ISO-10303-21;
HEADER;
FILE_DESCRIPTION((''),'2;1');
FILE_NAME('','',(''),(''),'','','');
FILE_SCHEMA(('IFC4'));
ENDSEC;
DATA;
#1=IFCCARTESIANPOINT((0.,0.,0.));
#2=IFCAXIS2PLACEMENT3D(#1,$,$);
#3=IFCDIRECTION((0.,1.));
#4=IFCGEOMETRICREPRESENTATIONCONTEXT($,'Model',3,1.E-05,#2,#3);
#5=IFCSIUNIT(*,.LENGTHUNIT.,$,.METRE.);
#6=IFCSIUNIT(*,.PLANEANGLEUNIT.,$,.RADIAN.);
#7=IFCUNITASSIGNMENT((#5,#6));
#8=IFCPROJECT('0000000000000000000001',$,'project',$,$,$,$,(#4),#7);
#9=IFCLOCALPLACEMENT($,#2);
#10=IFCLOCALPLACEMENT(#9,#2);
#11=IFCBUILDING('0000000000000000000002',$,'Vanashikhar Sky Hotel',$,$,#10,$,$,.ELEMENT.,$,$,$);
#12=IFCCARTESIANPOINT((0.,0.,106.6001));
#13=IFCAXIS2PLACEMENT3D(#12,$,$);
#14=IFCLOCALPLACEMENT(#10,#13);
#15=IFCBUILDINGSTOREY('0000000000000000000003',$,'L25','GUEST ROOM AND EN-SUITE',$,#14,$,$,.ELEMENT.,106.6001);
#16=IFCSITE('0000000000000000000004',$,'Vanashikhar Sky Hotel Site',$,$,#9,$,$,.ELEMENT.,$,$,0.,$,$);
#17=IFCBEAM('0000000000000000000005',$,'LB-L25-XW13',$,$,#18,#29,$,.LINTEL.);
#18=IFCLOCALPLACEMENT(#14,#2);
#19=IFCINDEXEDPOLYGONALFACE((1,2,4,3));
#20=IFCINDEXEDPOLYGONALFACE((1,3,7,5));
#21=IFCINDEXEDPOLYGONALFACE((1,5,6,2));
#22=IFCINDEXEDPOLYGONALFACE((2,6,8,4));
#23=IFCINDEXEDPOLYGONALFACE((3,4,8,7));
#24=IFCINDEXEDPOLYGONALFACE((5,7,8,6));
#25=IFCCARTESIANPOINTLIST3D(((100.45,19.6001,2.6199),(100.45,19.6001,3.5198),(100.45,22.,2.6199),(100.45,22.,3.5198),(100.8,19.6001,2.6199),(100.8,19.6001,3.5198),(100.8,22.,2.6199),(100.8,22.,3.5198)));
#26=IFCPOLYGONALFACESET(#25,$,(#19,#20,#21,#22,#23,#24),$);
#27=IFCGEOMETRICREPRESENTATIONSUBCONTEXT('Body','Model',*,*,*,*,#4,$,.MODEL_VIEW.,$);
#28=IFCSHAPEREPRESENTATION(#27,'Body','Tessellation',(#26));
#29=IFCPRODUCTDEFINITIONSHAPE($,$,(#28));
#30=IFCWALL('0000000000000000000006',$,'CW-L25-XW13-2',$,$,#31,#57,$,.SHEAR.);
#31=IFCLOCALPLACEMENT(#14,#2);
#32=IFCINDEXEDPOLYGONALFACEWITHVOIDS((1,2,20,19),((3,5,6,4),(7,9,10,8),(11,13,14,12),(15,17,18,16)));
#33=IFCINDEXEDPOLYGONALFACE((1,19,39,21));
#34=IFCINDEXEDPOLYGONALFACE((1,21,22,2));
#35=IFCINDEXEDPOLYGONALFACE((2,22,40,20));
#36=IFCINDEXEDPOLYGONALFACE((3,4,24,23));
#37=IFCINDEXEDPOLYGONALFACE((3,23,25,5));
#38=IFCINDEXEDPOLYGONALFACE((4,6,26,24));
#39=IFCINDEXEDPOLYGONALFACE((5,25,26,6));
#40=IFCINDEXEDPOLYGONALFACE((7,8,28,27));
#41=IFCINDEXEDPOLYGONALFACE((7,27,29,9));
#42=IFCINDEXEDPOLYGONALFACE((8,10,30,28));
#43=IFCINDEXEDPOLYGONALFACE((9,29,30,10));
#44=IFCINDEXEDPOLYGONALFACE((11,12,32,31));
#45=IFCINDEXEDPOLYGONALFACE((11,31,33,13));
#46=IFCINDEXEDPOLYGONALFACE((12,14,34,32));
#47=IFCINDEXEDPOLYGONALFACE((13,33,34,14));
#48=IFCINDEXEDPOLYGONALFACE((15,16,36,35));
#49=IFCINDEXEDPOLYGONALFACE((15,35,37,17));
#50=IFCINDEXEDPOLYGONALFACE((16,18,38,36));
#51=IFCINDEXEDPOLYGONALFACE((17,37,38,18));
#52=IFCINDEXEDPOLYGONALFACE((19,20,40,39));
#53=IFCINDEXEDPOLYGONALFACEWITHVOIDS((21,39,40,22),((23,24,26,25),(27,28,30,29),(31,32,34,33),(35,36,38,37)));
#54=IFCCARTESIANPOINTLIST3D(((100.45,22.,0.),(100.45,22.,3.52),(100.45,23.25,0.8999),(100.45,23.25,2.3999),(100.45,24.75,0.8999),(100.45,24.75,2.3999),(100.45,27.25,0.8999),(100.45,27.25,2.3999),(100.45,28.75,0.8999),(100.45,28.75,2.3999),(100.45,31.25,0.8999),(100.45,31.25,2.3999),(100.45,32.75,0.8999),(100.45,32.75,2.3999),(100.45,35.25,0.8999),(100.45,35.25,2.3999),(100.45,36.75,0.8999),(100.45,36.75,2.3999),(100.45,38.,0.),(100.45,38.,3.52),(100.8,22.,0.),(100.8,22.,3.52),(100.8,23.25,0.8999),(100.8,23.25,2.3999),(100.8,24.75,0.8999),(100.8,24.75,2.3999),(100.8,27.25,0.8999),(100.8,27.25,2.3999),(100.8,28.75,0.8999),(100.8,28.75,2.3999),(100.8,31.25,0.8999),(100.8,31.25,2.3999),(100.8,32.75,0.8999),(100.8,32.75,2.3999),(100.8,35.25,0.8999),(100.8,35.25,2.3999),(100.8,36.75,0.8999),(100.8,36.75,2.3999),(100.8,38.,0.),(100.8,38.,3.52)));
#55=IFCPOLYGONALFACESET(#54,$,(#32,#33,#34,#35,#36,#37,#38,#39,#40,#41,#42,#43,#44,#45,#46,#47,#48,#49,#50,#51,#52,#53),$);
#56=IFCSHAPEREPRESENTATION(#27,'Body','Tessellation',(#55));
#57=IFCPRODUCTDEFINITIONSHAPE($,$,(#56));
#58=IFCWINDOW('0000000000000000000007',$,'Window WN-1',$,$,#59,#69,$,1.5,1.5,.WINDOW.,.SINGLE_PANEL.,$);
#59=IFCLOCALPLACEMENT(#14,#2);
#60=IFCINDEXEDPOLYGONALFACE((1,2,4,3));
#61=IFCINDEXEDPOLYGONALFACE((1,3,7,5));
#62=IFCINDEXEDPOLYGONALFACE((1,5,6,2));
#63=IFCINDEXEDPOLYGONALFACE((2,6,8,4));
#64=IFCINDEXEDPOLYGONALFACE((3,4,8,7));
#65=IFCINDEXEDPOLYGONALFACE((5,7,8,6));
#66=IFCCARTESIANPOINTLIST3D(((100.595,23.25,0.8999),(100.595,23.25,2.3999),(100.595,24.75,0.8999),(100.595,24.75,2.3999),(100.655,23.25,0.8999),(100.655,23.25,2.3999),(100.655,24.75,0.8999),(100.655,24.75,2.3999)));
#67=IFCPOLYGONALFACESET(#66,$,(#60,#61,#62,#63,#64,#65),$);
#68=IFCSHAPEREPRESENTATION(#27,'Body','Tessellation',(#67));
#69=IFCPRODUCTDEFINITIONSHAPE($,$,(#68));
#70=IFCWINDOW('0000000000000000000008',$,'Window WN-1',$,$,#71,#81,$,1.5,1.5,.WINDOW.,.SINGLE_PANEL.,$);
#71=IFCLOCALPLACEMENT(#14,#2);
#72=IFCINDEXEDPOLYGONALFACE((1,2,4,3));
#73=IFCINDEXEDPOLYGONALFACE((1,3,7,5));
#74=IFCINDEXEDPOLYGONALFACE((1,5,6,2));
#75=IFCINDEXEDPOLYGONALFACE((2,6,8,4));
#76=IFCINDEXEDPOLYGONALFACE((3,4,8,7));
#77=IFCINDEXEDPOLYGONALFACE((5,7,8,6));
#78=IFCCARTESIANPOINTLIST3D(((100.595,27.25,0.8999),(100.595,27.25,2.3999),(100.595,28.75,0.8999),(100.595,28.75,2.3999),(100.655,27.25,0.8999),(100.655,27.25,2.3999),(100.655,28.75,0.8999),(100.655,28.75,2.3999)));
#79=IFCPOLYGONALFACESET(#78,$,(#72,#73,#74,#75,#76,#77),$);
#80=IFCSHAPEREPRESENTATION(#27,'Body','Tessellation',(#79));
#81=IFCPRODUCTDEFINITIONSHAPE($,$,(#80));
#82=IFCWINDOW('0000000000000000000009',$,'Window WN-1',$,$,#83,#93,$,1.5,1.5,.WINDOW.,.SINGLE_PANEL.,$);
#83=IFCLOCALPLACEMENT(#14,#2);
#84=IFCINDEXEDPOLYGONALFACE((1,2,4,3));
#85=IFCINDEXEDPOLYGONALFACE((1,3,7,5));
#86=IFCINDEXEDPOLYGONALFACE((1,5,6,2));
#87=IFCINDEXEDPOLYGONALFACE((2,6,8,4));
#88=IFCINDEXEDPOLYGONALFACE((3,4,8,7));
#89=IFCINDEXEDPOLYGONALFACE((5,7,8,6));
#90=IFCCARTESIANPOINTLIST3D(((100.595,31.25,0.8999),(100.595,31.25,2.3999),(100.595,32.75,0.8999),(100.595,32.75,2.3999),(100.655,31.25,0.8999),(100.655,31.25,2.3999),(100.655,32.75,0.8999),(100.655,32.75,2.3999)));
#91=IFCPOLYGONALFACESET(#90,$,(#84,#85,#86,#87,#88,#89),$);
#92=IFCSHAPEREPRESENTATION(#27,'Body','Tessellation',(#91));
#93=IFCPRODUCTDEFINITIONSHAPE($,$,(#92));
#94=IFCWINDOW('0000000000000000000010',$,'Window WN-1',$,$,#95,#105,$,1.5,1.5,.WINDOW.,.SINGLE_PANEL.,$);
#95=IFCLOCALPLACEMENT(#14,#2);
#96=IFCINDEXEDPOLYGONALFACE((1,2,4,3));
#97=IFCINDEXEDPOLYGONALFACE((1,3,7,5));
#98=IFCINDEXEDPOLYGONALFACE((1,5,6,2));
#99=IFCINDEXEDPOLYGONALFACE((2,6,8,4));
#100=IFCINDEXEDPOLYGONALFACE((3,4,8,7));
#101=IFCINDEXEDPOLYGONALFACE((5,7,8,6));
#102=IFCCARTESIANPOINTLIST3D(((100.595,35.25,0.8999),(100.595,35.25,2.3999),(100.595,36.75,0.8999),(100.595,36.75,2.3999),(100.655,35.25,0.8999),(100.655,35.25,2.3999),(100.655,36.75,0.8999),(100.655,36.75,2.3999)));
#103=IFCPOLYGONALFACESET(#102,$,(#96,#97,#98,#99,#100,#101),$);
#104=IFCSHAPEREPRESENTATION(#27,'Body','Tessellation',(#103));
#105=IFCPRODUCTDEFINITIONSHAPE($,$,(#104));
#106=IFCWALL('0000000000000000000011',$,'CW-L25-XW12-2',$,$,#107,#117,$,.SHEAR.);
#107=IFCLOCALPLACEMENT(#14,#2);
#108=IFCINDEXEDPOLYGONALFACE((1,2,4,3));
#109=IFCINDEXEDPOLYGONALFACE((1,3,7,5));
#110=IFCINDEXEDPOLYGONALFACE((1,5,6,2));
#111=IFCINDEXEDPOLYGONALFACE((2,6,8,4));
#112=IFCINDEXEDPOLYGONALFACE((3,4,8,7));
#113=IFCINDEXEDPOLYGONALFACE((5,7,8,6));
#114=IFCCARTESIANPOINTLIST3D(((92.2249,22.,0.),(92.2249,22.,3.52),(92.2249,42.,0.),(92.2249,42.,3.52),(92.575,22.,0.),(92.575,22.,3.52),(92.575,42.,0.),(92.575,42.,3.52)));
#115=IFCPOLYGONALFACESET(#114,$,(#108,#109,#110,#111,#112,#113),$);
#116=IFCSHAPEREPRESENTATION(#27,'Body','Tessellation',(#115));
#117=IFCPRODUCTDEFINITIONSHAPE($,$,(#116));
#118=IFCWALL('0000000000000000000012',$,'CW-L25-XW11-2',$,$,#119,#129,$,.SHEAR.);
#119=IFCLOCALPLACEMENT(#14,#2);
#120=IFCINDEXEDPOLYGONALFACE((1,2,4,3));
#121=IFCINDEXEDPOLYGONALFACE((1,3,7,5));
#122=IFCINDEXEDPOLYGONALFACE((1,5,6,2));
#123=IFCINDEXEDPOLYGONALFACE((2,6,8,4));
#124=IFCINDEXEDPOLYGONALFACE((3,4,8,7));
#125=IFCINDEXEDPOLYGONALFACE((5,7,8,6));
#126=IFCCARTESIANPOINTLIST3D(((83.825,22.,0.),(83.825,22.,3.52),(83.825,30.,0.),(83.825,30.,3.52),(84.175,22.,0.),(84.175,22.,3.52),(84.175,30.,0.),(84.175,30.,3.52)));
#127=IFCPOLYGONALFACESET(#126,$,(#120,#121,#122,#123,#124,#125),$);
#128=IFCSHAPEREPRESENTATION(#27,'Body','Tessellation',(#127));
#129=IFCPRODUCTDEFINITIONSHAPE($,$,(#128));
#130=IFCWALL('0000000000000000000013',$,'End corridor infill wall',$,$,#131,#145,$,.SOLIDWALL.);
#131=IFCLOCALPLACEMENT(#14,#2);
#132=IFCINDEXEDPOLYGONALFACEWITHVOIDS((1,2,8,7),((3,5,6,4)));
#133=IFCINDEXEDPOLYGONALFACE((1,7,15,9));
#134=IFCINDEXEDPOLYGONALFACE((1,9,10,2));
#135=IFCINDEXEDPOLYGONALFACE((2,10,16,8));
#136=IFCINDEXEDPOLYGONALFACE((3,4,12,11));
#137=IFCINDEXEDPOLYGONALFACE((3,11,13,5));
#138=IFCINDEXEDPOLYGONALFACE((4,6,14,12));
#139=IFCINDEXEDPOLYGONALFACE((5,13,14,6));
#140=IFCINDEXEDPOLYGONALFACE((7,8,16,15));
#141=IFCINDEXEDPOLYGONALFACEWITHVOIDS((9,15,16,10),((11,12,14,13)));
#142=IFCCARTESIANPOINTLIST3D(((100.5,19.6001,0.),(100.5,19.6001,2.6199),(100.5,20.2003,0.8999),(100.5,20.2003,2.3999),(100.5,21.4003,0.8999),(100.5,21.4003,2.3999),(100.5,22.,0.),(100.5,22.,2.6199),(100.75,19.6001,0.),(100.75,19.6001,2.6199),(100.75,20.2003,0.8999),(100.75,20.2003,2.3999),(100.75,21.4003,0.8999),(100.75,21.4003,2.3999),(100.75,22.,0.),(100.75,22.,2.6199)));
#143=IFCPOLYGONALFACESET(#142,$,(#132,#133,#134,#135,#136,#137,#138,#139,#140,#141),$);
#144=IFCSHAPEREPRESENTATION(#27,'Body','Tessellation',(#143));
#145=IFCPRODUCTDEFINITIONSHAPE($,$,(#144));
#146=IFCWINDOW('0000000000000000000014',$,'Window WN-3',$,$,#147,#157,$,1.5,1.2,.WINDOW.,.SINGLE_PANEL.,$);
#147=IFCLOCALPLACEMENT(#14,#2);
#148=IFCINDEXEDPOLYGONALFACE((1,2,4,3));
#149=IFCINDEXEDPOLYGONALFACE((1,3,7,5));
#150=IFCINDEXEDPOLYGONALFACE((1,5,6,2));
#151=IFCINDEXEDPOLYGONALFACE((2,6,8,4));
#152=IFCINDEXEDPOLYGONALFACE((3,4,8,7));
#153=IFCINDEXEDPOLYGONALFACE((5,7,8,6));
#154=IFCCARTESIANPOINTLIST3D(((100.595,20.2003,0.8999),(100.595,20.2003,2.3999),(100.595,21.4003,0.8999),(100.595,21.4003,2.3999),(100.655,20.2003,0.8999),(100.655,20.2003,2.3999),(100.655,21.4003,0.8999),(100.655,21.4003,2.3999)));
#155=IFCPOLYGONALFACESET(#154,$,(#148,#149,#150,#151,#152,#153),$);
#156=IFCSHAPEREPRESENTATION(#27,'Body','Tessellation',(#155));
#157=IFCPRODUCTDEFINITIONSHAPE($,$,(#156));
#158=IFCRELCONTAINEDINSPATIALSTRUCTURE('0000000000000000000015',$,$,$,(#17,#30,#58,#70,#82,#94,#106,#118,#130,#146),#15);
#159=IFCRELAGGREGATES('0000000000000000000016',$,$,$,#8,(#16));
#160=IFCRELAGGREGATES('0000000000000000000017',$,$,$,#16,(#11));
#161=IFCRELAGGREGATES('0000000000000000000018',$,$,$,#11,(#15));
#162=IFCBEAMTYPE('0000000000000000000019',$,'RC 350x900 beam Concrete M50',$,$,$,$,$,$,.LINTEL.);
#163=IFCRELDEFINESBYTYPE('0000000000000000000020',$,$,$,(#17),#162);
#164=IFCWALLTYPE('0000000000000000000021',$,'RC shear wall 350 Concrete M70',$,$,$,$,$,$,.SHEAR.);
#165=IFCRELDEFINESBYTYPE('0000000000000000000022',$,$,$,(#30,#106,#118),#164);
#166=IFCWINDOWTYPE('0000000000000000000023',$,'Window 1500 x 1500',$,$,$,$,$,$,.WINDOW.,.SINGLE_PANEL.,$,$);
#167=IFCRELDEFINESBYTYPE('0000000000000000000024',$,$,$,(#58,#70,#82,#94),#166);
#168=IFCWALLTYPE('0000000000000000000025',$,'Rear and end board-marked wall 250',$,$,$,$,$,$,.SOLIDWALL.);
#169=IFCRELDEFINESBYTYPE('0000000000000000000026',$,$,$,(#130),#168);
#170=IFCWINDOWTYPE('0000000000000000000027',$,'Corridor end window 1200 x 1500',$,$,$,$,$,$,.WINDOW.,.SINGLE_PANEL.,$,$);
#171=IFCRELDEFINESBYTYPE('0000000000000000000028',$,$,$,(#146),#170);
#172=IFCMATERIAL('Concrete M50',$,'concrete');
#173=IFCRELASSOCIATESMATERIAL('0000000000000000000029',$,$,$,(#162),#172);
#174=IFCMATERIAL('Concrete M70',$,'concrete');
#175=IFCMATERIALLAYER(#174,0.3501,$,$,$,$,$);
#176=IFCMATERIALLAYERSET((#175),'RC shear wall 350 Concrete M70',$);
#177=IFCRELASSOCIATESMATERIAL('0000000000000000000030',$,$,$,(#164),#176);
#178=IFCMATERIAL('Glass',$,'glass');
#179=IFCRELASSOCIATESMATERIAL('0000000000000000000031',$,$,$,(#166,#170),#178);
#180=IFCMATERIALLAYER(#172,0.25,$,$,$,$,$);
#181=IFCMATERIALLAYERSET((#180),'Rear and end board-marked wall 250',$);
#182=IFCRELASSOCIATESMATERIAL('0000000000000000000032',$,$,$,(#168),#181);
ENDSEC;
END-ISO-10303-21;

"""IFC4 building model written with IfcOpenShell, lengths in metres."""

from ifc_helpers import new_model, si_unit, direction, frame, frame_2d, origin, origin_2d, place, context, subcontext, project, spatial, rectangle, extrude, source, transform, mapped, material, layer, layer_set, material_profile, profile_set, type_object, element, fill, save


model = new_model("IFC4")

# Units and contexts
model_context = context("Model", 3, precision=1e-05, world=origin(), true_north=direction((0.0, 1.0)))
body_context = subcontext(model_context, "Body", "Model", "MODEL_VIEW")
ifc_project = project(units=[si_unit("LENGTHUNIT", "METRE"), si_unit("PLANEANGLEUNIT", "RADIAN")], contexts=[model_context])

# Site, building, storey
site_placement = place(None, origin())
site = spatial("IfcSite", under=ifc_project, at=site_placement, Name="Vanashikhar Sky Hotel Site", CompositionType="ELEMENT", RefElevation=0.0)
building_placement = place(site_placement, origin())
building = spatial("IfcBuilding", under=site, at=building_placement, Name="Vanashikhar Sky Hotel", CompositionType="ELEMENT")
storey_placement = place(building_placement, frame((0.0, 0.0, 106.6001)))
storey = spatial("IfcBuildingStorey", under=building, at=storey_placement, Name="L25", Description="GUEST ROOM AND EN-SUITE", CompositionType="ELEMENT", Elevation=106.6001)

# Beam
ifc_material_1 = material(Name="Concrete M50", Category="concrete")
ifc_material_profile = material_profile(ifc_material_1, rectangle(XDim=0.3501, YDim=0.8999, at=origin_2d()))
ifc_profile_set = profile_set([ifc_material_profile], Name="RC 350x900 beam Concrete M50")
beam_type = type_object("IfcBeamType", Name="RC 350x900 beam Concrete M50", PredefinedType="LINTEL", material=ifc_profile_set)
shared_shape_1 = source(origin(), body_context, "Body", "SweptSolid", [
    extrude(rectangle(XDim=0.3501, YDim=0.8999, at=origin_2d()), origin(), (0.0, 0.0, 1.0), 2.3999),
])
beam_placement = place(storey_placement, frame((100.625, 19.6001, 3.0698), z_axis=(0.0, 1.0, 0.0), x_axis=(-1.0, 0.0, 0.0)))
element("IfcBeam", 1, at=beam_placement, inside=storey, type_object=beam_type, Name="LB-L25-XW13", PredefinedType="LINTEL", context=body_context, shape_type="MappedRepresentation", body=[
    mapped(shared_shape_1, transform((0.0, 0.0, 0.0), scale=1.0)),
])

# Wall, openings, windows
ifc_material_2 = material(Name="Concrete M70", Category="concrete")
ifc_layer_1 = layer(ifc_material_2, 0.3501)
ifc_layer_set_1 = layer_set([ifc_layer_1], Name="RC shear wall 350 Concrete M70")
wall_type_1 = type_object("IfcWallType", Name="RC shear wall 350 Concrete M70", PredefinedType="SHEAR", material=ifc_layer_set_1)
shared_shape_2 = source(origin(), body_context, "Body", "SweptSolid", [
    extrude(rectangle(XDim=16.0, YDim=0.3501, at=frame_2d((8.0, 0.0))), origin(), (0.0, 0.0, 1.0), 3.52),
])
wall_1_placement = place(storey_placement, frame((100.625, 22.0, 0.0), z_axis=(0.0, 0.0, 1.0), x_axis=(0.0, 1.0, 0.0)))
wall_1 = element("IfcWall", 2, at=wall_1_placement, inside=storey, type_object=wall_type_1, Name="CW-L25-XW13-2", PredefinedType="SHEAR", context=body_context, shape_type="MappedRepresentation", body=[
    mapped(shared_shape_2, transform((0.0, 0.0, 0.0), scale=1.0)),
])
shared_shape_3 = source(origin(), body_context, "Body", "SweptSolid", [
    extrude(rectangle(XDim=1.5, YDim=1.5, at=frame_2d((0.75, 0.75))), frame((0.0, 0.1851, 0.0), z_axis=(0.0, -1.0, 0.0), x_axis=(1.0, 0.0, 0.0)), (0.0, 0.0, 1.0), 0.3701),
])
opening_1_placement = place(wall_1_placement, frame((1.25, 0.0, 0.8999)))
opening_1 = element("IfcOpeningElement", 3, at=opening_1_placement, cuts=wall_1, PredefinedType="OPENING", context=body_context, shape_type="MappedRepresentation", body=[
    mapped(shared_shape_3, transform((0.0, 0.0, 0.0), scale=1.0)),
])
opening_2_placement = place(wall_1_placement, frame((5.25, 0.0, 0.8999)))
opening_2 = element("IfcOpeningElement", 4, at=opening_2_placement, cuts=wall_1, PredefinedType="OPENING", context=body_context, shape_type="MappedRepresentation", body=[
    mapped(shared_shape_3, transform((0.0, 0.0, 0.0), scale=1.0)),
])
opening_3_placement = place(wall_1_placement, frame((9.25, 0.0, 0.8999)))
opening_3 = element("IfcOpeningElement", 5, at=opening_3_placement, cuts=wall_1, PredefinedType="OPENING", context=body_context, shape_type="MappedRepresentation", body=[
    mapped(shared_shape_3, transform((0.0, 0.0, 0.0), scale=1.0)),
])
opening_4_placement = place(wall_1_placement, frame((13.25, 0.0, 0.8999)))
opening_4 = element("IfcOpeningElement", 6, at=opening_4_placement, cuts=wall_1, PredefinedType="OPENING", context=body_context, shape_type="MappedRepresentation", body=[
    mapped(shared_shape_3, transform((0.0, 0.0, 0.0), scale=1.0)),
])
ifc_material_3 = material(Name="Glass", Category="glass")
window_type_1 = type_object("IfcWindowType", Name="Window 1500 x 1500", PartitioningType="SINGLE_PANEL", PredefinedType="WINDOW", material=ifc_material_3)
shared_shape_4 = source(origin(), body_context, "Body", "SweptSolid", [
    extrude(rectangle(XDim=1.5, YDim=1.5, at=frame_2d((0.75, 0.75))), frame((0.0, 0.03, 0.0), z_axis=(0.0, -1.0, 0.0), x_axis=(1.0, 0.0, 0.0)), (0.0, 0.0, 1.0), 0.0601),
])
window_1_placement = place(opening_1_placement, origin())
window_1 = element("IfcWindow", 7, at=window_1_placement, inside=storey, type_object=window_type_1, Name="Window WN-1", OverallHeight=1.5, OverallWidth=1.5, PartitioningType="SINGLE_PANEL", PredefinedType="WINDOW", context=body_context, shape_type="MappedRepresentation", body=[
    mapped(shared_shape_4, transform((0.0, 0.0, 0.0), scale=1.0)),
])
fill(opening_1, window_1)
window_2_placement = place(opening_2_placement, origin())
window_2 = element("IfcWindow", 8, at=window_2_placement, inside=storey, type_object=window_type_1, Name="Window WN-1", OverallHeight=1.5, OverallWidth=1.5, PartitioningType="SINGLE_PANEL", PredefinedType="WINDOW", context=body_context, shape_type="MappedRepresentation", body=[
    mapped(shared_shape_4, transform((0.0, 0.0, 0.0), scale=1.0)),
])
fill(opening_2, window_2)
window_3_placement = place(opening_3_placement, origin())
window_3 = element("IfcWindow", 9, at=window_3_placement, inside=storey, type_object=window_type_1, Name="Window WN-1", OverallHeight=1.5, OverallWidth=1.5, PartitioningType="SINGLE_PANEL", PredefinedType="WINDOW", context=body_context, shape_type="MappedRepresentation", body=[
    mapped(shared_shape_4, transform((0.0, 0.0, 0.0), scale=1.0)),
])
fill(opening_3, window_3)
window_4_placement = place(opening_4_placement, origin())
window_4 = element("IfcWindow", 10, at=window_4_placement, inside=storey, type_object=window_type_1, Name="Window WN-1", OverallHeight=1.5, OverallWidth=1.5, PartitioningType="SINGLE_PANEL", PredefinedType="WINDOW", context=body_context, shape_type="MappedRepresentation", body=[
    mapped(shared_shape_4, transform((0.0, 0.0, 0.0), scale=1.0)),
])
fill(opening_4, window_4)

# Walls
shared_shape_5 = source(origin(), body_context, "Body", "SweptSolid", [
    extrude(rectangle(XDim=20.0, YDim=0.3501, at=frame_2d((10.0, 0.0))), origin(), (0.0, 0.0, 1.0), 3.52),
])
wall_2_placement = place(storey_placement, frame((92.3999, 22.0, 0.0), z_axis=(0.0, 0.0, 1.0), x_axis=(0.0, 1.0, 0.0)))
element("IfcWall", 11, at=wall_2_placement, inside=storey, type_object=wall_type_1, Name="CW-L25-XW12-2", PredefinedType="SHEAR", context=body_context, shape_type="MappedRepresentation", body=[
    mapped(shared_shape_5, transform((0.0, 0.0, 0.0), scale=1.0)),
])
shared_shape_6 = source(origin(), body_context, "Body", "SweptSolid", [
    extrude(rectangle(XDim=8.0, YDim=0.3501, at=frame_2d((4.0, 0.0))), origin(), (0.0, 0.0, 1.0), 3.52),
])
wall_3_placement = place(storey_placement, frame((84.0, 22.0, 0.0), z_axis=(0.0, 0.0, 1.0), x_axis=(0.0, 1.0, 0.0)))
element("IfcWall", 12, at=wall_3_placement, inside=storey, type_object=wall_type_1, Name="CW-L25-XW11-2", PredefinedType="SHEAR", context=body_context, shape_type="MappedRepresentation", body=[
    mapped(shared_shape_6, transform((0.0, 0.0, 0.0), scale=1.0)),
])

# Wall, opening, window
ifc_layer_2 = layer(ifc_material_1, 0.25)
ifc_layer_set_2 = layer_set([ifc_layer_2], Name="Rear and end board-marked wall 250")
wall_type_2 = type_object("IfcWallType", Name="Rear and end board-marked wall 250", PredefinedType="SOLIDWALL", material=ifc_layer_set_2)
shared_shape_7 = source(origin(), body_context, "Body", "SweptSolid", [
    extrude(rectangle(XDim=2.3999, YDim=0.25, at=frame_2d((1.2, 0.0))), origin(), (0.0, 0.0, 1.0), 2.6199),
])
wall_4_placement = place(storey_placement, frame((100.625, 19.6001, 0.0), z_axis=(0.0, 0.0, 1.0), x_axis=(0.0, 1.0, 0.0)))
wall_4 = element("IfcWall", 13, at=wall_4_placement, inside=storey, type_object=wall_type_2, Name="End corridor infill wall", PredefinedType="SOLIDWALL", context=body_context, shape_type="MappedRepresentation", body=[
    mapped(shared_shape_7, transform((0.0, 0.0, 0.0), scale=1.0)),
])
shared_shape_8 = source(origin(), body_context, "Body", "SweptSolid", [
    extrude(rectangle(XDim=1.2, YDim=1.5, at=frame_2d((0.6001, 0.75))), frame((0.0, 0.135, 0.0), z_axis=(0.0, -1.0, 0.0), x_axis=(1.0, 0.0, 0.0)), (0.0, 0.0, 1.0), 0.27),
])
opening_5_placement = place(wall_4_placement, frame((0.6001, 0.0, 0.8999)))
opening_5 = element("IfcOpeningElement", 14, at=opening_5_placement, cuts=wall_4, PredefinedType="OPENING", context=body_context, shape_type="MappedRepresentation", body=[
    mapped(shared_shape_8, transform((0.0, 0.0, 0.0), scale=1.0)),
])
window_type_2 = type_object("IfcWindowType", Name="Corridor end window 1200 x 1500", PartitioningType="SINGLE_PANEL", PredefinedType="WINDOW", material=ifc_material_3)
shared_shape_9 = source(origin(), body_context, "Body", "SweptSolid", [
    extrude(rectangle(XDim=1.2, YDim=1.5, at=frame_2d((0.6001, 0.75))), frame((0.0, 0.03, 0.0), z_axis=(0.0, -1.0, 0.0), x_axis=(1.0, 0.0, 0.0)), (0.0, 0.0, 1.0), 0.0601),
])
window_5_placement = place(opening_5_placement, origin())
window_5 = element("IfcWindow", 15, at=window_5_placement, inside=storey, type_object=window_type_2, Name="Window WN-3", OverallHeight=1.5, OverallWidth=1.2, PartitioningType="SINGLE_PANEL", PredefinedType="WINDOW", context=body_context, shape_type="MappedRepresentation", body=[
    mapped(shared_shape_9, transform((0.0, 0.0, 0.0), scale=1.0)),
])
fill(opening_5, window_5)

save(model, "model.ifc")
